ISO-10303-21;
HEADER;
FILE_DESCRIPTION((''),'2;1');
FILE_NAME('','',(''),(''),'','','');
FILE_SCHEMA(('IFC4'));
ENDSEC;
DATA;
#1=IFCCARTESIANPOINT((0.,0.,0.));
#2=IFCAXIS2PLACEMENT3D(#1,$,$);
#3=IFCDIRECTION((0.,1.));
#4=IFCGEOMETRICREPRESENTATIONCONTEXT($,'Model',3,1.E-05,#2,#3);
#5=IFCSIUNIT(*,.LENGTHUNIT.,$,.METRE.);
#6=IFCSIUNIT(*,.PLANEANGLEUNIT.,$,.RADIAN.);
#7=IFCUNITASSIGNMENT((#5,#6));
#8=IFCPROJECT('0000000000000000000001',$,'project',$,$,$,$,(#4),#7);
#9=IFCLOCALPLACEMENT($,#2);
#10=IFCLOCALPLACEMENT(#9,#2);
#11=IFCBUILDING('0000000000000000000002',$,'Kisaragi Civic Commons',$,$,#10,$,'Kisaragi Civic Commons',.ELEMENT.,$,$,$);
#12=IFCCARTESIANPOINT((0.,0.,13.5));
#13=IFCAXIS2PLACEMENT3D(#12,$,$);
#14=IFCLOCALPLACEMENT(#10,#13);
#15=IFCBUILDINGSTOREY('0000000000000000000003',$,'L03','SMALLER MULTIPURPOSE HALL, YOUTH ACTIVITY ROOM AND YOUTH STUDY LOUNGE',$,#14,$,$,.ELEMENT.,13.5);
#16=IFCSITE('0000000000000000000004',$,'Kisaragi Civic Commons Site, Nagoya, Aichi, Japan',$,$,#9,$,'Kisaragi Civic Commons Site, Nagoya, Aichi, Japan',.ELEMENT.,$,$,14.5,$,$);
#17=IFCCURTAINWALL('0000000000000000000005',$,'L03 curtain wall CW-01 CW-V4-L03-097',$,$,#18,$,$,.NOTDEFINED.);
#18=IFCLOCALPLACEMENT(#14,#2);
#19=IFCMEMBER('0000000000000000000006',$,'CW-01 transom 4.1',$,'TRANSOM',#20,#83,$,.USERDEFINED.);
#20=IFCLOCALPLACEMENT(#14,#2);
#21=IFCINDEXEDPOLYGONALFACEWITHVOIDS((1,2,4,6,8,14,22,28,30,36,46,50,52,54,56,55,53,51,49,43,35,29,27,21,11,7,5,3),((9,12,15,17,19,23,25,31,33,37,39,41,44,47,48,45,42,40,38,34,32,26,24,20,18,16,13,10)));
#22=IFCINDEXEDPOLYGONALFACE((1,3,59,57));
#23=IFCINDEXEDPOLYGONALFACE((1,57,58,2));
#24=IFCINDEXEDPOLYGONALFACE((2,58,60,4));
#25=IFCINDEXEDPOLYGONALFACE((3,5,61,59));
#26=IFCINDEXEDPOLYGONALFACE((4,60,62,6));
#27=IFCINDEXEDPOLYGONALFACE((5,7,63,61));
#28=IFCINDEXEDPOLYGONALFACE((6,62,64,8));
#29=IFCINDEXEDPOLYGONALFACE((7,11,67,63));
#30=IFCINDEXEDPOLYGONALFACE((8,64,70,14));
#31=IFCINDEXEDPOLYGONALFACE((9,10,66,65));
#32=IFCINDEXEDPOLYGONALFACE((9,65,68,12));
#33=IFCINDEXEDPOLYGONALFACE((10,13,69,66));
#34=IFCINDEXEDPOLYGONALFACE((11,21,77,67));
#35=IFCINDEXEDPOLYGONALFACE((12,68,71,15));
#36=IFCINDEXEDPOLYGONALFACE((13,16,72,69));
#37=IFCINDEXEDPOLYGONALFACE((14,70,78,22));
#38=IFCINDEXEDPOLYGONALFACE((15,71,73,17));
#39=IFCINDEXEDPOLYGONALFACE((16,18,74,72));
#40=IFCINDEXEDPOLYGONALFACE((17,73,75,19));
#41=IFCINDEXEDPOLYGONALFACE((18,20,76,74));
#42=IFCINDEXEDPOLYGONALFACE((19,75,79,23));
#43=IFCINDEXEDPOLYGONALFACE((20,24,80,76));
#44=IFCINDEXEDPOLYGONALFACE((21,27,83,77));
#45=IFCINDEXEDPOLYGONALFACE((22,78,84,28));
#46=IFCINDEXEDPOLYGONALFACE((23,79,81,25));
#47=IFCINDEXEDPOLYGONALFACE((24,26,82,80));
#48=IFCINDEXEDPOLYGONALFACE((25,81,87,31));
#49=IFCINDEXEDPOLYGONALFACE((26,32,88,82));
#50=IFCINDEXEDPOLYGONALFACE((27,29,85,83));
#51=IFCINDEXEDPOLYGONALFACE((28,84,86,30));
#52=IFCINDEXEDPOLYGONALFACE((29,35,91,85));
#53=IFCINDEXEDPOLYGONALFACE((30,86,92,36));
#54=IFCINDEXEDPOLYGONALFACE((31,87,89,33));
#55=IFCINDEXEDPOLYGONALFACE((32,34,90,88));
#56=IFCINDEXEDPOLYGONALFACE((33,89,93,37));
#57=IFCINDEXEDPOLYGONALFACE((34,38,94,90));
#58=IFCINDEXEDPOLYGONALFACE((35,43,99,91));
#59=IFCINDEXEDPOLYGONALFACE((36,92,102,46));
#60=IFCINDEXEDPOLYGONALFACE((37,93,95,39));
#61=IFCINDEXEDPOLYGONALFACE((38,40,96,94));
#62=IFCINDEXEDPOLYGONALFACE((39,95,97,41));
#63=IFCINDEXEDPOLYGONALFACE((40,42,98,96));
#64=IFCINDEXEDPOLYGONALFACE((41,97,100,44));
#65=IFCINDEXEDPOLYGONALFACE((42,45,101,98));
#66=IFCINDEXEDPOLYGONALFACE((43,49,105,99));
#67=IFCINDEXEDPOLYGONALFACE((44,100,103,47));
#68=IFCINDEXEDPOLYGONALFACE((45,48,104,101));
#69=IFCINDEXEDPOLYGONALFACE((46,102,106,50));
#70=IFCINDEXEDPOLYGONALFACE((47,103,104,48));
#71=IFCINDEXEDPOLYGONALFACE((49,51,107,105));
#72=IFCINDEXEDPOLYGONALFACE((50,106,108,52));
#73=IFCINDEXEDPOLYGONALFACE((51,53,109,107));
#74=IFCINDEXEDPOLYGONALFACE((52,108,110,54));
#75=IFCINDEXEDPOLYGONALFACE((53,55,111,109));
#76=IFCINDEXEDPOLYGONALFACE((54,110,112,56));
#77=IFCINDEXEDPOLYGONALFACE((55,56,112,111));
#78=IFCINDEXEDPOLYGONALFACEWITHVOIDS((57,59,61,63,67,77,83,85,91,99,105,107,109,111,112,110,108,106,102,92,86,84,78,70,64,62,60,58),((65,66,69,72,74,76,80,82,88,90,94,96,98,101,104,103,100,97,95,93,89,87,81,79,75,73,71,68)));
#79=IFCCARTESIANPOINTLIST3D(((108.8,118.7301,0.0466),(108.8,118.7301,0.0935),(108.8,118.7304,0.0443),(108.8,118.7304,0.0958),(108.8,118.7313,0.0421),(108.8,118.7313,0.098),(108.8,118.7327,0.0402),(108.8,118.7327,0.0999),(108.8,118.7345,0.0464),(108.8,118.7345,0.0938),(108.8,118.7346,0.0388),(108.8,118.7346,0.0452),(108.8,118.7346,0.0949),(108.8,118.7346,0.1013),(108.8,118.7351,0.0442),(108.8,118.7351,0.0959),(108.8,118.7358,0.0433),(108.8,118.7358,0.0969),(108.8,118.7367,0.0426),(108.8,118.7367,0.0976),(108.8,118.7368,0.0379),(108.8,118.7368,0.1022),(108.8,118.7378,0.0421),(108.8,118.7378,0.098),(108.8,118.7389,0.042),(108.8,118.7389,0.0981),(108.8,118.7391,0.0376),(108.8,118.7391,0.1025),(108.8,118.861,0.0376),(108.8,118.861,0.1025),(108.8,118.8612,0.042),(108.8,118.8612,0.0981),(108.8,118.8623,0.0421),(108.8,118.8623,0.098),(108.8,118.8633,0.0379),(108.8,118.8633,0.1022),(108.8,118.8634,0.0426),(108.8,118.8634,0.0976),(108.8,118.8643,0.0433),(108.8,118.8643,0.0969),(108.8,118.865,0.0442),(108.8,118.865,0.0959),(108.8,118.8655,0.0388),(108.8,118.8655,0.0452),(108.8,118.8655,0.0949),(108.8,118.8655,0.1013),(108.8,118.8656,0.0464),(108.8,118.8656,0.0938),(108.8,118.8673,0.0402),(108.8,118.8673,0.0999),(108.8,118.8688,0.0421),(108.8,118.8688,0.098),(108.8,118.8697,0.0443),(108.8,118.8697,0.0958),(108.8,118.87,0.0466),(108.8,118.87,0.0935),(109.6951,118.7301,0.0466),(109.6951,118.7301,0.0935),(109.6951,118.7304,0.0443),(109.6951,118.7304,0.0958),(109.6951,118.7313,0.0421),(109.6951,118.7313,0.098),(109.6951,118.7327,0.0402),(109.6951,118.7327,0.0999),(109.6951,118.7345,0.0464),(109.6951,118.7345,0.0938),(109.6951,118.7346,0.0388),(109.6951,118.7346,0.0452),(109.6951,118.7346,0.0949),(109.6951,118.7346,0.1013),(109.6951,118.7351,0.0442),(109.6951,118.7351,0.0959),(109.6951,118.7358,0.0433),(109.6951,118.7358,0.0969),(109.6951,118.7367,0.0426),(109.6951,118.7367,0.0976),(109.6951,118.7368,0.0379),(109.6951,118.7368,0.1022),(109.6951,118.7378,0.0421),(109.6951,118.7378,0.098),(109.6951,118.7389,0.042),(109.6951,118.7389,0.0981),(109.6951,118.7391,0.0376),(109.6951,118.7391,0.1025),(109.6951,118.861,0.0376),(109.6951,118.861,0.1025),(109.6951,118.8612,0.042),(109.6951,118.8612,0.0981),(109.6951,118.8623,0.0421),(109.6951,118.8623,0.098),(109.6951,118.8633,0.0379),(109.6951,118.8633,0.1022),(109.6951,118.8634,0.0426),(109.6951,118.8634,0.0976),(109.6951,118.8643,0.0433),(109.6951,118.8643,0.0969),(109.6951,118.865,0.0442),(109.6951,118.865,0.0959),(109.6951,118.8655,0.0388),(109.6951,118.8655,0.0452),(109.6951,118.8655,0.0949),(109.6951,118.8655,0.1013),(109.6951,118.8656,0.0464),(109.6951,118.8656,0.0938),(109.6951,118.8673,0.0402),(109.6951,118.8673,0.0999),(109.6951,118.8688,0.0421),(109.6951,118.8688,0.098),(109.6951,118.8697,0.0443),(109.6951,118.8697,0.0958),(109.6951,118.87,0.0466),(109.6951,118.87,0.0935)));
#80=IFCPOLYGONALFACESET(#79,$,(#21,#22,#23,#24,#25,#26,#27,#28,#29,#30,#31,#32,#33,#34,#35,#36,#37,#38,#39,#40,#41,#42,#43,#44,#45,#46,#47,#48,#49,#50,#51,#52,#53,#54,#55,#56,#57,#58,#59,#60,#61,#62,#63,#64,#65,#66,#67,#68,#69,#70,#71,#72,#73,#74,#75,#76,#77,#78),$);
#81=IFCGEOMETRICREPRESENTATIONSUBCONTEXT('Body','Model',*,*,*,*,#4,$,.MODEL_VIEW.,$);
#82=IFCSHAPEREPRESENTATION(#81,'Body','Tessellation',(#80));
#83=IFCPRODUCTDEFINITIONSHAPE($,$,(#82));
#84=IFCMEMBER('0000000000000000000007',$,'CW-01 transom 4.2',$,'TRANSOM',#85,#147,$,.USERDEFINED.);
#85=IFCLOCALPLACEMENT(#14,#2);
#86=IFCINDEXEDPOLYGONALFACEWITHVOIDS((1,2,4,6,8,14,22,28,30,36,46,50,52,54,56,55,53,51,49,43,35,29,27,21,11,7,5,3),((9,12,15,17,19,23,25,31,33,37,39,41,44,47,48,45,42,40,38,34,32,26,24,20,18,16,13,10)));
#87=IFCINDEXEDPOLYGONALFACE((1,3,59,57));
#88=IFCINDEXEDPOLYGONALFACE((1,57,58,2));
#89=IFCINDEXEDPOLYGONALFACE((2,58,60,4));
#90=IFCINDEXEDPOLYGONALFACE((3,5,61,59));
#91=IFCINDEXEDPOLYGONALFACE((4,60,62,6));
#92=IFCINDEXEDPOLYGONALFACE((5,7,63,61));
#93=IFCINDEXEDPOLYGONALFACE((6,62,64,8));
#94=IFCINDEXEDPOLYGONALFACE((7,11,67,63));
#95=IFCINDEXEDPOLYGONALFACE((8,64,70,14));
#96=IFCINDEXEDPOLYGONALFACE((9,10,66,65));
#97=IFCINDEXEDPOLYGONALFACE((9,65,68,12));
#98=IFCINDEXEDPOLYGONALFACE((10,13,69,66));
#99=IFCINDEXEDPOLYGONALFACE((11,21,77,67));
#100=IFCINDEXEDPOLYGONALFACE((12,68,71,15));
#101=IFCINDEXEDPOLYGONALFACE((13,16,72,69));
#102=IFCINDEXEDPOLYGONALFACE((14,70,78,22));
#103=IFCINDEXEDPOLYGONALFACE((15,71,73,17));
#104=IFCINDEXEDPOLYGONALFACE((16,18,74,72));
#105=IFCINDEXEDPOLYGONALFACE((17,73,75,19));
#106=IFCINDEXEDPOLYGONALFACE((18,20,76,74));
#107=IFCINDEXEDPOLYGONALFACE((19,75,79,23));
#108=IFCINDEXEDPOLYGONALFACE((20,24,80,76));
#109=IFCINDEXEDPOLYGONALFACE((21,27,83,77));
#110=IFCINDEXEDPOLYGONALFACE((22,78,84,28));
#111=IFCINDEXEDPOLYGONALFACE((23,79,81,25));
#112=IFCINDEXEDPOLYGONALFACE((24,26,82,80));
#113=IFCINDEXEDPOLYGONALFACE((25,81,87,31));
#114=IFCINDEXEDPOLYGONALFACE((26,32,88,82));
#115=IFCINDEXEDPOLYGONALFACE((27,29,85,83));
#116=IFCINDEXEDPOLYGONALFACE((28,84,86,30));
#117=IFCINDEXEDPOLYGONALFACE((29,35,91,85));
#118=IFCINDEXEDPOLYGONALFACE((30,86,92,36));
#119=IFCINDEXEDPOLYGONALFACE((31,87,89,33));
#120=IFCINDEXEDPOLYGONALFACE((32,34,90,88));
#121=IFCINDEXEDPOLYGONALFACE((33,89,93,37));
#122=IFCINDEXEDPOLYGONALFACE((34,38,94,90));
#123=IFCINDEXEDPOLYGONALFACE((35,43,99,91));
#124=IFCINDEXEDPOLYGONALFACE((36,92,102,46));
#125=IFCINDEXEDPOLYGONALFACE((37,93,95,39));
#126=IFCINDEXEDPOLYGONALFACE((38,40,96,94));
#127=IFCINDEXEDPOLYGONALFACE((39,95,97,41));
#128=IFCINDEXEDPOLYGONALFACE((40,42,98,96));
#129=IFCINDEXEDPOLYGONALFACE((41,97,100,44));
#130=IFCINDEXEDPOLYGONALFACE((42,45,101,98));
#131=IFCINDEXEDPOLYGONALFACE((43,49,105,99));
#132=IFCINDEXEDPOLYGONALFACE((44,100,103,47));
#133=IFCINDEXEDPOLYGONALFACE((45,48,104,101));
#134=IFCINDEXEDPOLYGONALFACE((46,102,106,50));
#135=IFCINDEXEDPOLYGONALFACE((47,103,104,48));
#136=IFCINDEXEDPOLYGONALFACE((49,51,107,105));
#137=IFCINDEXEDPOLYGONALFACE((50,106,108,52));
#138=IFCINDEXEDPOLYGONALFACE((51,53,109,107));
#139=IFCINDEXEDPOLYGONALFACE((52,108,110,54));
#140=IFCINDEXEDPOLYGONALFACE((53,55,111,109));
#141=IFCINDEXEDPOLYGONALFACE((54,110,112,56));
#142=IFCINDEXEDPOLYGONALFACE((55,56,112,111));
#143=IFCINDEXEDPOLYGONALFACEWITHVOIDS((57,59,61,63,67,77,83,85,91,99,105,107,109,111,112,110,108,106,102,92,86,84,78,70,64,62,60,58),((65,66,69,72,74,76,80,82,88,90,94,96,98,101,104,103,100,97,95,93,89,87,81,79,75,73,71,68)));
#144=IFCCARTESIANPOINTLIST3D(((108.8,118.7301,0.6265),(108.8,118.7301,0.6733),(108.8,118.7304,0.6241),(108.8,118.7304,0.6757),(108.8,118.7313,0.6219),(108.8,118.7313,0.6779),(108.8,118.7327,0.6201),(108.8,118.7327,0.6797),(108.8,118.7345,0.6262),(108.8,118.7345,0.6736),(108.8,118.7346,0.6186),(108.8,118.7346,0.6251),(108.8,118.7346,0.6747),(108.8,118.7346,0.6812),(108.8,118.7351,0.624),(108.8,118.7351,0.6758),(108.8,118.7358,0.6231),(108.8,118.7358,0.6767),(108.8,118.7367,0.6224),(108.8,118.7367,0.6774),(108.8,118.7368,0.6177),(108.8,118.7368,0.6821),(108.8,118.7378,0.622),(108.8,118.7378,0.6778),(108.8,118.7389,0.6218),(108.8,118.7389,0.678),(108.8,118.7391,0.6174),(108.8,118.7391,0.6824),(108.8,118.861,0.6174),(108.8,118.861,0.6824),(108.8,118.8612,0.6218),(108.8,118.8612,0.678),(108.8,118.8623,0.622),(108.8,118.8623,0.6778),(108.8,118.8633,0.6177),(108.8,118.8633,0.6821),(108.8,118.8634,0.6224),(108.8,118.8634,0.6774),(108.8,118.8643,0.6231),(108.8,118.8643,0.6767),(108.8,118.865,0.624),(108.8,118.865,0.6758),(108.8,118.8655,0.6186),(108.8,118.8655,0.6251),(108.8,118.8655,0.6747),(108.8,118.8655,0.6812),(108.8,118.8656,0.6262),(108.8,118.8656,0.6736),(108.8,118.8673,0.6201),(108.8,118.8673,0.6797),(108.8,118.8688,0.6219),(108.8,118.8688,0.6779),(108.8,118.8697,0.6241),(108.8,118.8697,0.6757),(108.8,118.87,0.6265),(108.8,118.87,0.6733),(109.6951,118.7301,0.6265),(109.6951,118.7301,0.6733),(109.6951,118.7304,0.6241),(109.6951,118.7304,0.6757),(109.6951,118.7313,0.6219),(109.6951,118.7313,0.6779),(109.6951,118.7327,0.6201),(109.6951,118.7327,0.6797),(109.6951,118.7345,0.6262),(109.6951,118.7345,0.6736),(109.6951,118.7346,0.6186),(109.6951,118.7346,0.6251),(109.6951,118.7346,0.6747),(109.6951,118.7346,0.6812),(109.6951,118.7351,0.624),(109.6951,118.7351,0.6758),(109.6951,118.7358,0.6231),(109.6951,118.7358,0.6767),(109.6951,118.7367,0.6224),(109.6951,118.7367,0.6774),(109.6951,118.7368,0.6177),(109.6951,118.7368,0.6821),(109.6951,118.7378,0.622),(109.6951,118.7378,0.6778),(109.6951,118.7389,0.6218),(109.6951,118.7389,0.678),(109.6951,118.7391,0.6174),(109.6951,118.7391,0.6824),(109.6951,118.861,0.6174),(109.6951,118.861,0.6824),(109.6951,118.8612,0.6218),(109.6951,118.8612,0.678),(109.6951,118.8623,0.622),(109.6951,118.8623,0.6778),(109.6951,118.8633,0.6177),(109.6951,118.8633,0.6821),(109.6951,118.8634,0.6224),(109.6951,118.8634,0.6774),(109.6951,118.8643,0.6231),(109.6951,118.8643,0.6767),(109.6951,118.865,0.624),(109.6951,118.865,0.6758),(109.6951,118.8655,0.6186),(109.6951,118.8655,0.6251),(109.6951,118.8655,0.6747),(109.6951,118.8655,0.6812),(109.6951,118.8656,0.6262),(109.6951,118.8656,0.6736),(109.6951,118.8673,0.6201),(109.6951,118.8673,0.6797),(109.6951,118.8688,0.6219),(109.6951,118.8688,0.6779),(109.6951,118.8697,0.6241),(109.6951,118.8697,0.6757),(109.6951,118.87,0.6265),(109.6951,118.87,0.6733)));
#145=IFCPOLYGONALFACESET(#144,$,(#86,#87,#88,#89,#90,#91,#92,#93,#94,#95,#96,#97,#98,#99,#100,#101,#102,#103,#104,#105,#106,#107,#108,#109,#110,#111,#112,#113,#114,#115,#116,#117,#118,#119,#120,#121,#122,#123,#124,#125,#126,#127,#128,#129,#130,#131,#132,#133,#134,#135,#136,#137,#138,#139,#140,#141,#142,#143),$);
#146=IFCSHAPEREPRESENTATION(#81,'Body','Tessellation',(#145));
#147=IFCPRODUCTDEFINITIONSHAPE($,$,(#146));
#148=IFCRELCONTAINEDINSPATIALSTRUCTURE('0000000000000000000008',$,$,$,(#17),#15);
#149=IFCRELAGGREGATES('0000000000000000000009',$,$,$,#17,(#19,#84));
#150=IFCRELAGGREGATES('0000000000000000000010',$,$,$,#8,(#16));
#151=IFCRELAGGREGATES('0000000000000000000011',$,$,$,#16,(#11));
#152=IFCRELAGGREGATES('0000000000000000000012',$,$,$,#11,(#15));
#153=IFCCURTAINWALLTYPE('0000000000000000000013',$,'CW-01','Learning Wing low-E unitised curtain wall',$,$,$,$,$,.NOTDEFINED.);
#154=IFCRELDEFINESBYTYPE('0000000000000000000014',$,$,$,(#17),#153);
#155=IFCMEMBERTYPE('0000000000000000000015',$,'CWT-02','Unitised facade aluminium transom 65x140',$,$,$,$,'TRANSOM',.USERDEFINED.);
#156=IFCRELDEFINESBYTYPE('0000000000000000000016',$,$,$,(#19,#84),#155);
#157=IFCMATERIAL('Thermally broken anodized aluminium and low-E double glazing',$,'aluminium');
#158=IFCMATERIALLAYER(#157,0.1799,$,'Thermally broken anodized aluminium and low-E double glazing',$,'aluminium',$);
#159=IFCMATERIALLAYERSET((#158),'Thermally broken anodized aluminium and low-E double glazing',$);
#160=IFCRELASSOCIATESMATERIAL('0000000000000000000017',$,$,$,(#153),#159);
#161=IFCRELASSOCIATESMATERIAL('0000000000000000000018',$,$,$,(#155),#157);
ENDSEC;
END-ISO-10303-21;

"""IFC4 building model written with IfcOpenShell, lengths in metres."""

from ifc_helpers import new_model, si_unit, direction, frame, origin, origin_2d, place, context, subcontext, project, spatial, hollow_rectangle, extrude, material, layer, layer_set, material_profile, profile_set, type_object, element, aggregate, save


model = new_model("IFC4")

# Units and contexts
model_context = context("Model", 3, precision=1e-05, world=origin(), true_north=direction((0.0, 1.0)))
body_context = subcontext(model_context, "Body", "Model", "MODEL_VIEW")
ifc_project = project(units=[si_unit("LENGTHUNIT", "METRE"), si_unit("PLANEANGLEUNIT", "RADIAN")], contexts=[model_context])

# Site, building, storey
site_placement = place(None, origin())
site = spatial("IfcSite", under=ifc_project, at=site_placement, Name="Kisaragi Civic Commons Site, Nagoya, Aichi, Japan", LongName="Kisaragi Civic Commons Site, Nagoya, Aichi, Japan", CompositionType="ELEMENT", RefElevation=14.5)
building_placement = place(site_placement, origin())
building = spatial("IfcBuilding", under=site, at=building_placement, Name="Kisaragi Civic Commons", LongName="Kisaragi Civic Commons", CompositionType="ELEMENT")
storey_placement = place(building_placement, frame((0.0, 0.0, 13.5)))
storey = spatial("IfcBuildingStorey", under=building, at=storey_placement, Name="L03", Description="SMALLER MULTIPURPOSE HALL, YOUTH ACTIVITY ROOM AND YOUTH STUDY LOUNGE", CompositionType="ELEMENT", Elevation=13.5)

# Curtain wall
ifc_material = material(Name="Thermally broken anodized aluminium and low-E double glazing", Category="aluminium")
ifc_layer_1 = layer(ifc_material, 0.1799, Name="Thermally broken anodized aluminium and low-E double glazing", Category="aluminium")
ifc_layer_set_1 = layer_set([ifc_layer_1], Name="Thermally broken anodized aluminium and low-E double glazing")
curtain_wall_type = type_object("IfcCurtainWallType", Name="CW-01", Description="Learning Wing low-E unitised curtain wall", PredefinedType="NOTDEFINED", material=ifc_layer_set_1)
curtain_wall_1_placement = place(storey_placement, origin())
curtain_wall_1 = element("IfcCurtainWall", 1, at=curtain_wall_1_placement, inside=storey, type_object=curtain_wall_type, Name="L03 curtain wall CW-01 CW-V4-L03-097", PredefinedType="NOTDEFINED")

# Members
ifc_material_profile_1 = material_profile(ifc_material, hollow_rectangle(XDim=0.1399, YDim=0.0649, WallThickness=0.0044, InnerFilletRadius=0.0044, OuterFilletRadius=0.009, at=origin_2d()), Name="CWT-65x140x4.5", Category="aluminium")
ifc_profile_set_1 = profile_set([ifc_material_profile_1], Name="Thermally broken anodized aluminium and low-E double glazing")
member_type_1 = type_object("IfcMemberType", Name="CWT-02", Description="Unitised facade aluminium transom 65x140", ElementType="TRANSOM", PredefinedType="USERDEFINED", material=ifc_profile_set_1)
member_1_placement = place(storey_placement, frame((108.8, 118.8, 0.0701), z_axis=(1.0, 0.0, 0.0), x_axis=(0.0, 1.0, 0.0)))
member_1 = element("IfcMember", 2, at=member_1_placement, type_object=member_type_1, Name="CW-01 transom 4.1", ObjectType="TRANSOM", PredefinedType="USERDEFINED", context=body_context, shape_type="SweptSolid", body=[
    extrude(hollow_rectangle(XDim=0.1399, YDim=0.0649, WallThickness=0.0044, InnerFilletRadius=0.0044, OuterFilletRadius=0.009, at=origin_2d()), origin(), (0.0, 0.0, 1.0), 0.895),
])
member_2_placement = place(storey_placement, frame((108.8, 118.8, 0.6499), z_axis=(1.0, 0.0, 0.0), x_axis=(0.0, 1.0, 0.0)))
member_2 = element("IfcMember", 3, at=member_2_placement, type_object=member_type_1, Name="CW-01 transom 4.2", ObjectType="TRANSOM", PredefinedType="USERDEFINED", context=body_context, shape_type="SweptSolid", body=[
    extrude(hollow_rectangle(XDim=0.1399, YDim=0.0649, WallThickness=0.0044, InnerFilletRadius=0.0044, OuterFilletRadius=0.009, at=origin_2d()), origin(), (0.0, 0.0, 1.0), 0.895),
])

aggregate(curtain_wall_1, [member_1, member_2])

save(model, "model.ifc")
